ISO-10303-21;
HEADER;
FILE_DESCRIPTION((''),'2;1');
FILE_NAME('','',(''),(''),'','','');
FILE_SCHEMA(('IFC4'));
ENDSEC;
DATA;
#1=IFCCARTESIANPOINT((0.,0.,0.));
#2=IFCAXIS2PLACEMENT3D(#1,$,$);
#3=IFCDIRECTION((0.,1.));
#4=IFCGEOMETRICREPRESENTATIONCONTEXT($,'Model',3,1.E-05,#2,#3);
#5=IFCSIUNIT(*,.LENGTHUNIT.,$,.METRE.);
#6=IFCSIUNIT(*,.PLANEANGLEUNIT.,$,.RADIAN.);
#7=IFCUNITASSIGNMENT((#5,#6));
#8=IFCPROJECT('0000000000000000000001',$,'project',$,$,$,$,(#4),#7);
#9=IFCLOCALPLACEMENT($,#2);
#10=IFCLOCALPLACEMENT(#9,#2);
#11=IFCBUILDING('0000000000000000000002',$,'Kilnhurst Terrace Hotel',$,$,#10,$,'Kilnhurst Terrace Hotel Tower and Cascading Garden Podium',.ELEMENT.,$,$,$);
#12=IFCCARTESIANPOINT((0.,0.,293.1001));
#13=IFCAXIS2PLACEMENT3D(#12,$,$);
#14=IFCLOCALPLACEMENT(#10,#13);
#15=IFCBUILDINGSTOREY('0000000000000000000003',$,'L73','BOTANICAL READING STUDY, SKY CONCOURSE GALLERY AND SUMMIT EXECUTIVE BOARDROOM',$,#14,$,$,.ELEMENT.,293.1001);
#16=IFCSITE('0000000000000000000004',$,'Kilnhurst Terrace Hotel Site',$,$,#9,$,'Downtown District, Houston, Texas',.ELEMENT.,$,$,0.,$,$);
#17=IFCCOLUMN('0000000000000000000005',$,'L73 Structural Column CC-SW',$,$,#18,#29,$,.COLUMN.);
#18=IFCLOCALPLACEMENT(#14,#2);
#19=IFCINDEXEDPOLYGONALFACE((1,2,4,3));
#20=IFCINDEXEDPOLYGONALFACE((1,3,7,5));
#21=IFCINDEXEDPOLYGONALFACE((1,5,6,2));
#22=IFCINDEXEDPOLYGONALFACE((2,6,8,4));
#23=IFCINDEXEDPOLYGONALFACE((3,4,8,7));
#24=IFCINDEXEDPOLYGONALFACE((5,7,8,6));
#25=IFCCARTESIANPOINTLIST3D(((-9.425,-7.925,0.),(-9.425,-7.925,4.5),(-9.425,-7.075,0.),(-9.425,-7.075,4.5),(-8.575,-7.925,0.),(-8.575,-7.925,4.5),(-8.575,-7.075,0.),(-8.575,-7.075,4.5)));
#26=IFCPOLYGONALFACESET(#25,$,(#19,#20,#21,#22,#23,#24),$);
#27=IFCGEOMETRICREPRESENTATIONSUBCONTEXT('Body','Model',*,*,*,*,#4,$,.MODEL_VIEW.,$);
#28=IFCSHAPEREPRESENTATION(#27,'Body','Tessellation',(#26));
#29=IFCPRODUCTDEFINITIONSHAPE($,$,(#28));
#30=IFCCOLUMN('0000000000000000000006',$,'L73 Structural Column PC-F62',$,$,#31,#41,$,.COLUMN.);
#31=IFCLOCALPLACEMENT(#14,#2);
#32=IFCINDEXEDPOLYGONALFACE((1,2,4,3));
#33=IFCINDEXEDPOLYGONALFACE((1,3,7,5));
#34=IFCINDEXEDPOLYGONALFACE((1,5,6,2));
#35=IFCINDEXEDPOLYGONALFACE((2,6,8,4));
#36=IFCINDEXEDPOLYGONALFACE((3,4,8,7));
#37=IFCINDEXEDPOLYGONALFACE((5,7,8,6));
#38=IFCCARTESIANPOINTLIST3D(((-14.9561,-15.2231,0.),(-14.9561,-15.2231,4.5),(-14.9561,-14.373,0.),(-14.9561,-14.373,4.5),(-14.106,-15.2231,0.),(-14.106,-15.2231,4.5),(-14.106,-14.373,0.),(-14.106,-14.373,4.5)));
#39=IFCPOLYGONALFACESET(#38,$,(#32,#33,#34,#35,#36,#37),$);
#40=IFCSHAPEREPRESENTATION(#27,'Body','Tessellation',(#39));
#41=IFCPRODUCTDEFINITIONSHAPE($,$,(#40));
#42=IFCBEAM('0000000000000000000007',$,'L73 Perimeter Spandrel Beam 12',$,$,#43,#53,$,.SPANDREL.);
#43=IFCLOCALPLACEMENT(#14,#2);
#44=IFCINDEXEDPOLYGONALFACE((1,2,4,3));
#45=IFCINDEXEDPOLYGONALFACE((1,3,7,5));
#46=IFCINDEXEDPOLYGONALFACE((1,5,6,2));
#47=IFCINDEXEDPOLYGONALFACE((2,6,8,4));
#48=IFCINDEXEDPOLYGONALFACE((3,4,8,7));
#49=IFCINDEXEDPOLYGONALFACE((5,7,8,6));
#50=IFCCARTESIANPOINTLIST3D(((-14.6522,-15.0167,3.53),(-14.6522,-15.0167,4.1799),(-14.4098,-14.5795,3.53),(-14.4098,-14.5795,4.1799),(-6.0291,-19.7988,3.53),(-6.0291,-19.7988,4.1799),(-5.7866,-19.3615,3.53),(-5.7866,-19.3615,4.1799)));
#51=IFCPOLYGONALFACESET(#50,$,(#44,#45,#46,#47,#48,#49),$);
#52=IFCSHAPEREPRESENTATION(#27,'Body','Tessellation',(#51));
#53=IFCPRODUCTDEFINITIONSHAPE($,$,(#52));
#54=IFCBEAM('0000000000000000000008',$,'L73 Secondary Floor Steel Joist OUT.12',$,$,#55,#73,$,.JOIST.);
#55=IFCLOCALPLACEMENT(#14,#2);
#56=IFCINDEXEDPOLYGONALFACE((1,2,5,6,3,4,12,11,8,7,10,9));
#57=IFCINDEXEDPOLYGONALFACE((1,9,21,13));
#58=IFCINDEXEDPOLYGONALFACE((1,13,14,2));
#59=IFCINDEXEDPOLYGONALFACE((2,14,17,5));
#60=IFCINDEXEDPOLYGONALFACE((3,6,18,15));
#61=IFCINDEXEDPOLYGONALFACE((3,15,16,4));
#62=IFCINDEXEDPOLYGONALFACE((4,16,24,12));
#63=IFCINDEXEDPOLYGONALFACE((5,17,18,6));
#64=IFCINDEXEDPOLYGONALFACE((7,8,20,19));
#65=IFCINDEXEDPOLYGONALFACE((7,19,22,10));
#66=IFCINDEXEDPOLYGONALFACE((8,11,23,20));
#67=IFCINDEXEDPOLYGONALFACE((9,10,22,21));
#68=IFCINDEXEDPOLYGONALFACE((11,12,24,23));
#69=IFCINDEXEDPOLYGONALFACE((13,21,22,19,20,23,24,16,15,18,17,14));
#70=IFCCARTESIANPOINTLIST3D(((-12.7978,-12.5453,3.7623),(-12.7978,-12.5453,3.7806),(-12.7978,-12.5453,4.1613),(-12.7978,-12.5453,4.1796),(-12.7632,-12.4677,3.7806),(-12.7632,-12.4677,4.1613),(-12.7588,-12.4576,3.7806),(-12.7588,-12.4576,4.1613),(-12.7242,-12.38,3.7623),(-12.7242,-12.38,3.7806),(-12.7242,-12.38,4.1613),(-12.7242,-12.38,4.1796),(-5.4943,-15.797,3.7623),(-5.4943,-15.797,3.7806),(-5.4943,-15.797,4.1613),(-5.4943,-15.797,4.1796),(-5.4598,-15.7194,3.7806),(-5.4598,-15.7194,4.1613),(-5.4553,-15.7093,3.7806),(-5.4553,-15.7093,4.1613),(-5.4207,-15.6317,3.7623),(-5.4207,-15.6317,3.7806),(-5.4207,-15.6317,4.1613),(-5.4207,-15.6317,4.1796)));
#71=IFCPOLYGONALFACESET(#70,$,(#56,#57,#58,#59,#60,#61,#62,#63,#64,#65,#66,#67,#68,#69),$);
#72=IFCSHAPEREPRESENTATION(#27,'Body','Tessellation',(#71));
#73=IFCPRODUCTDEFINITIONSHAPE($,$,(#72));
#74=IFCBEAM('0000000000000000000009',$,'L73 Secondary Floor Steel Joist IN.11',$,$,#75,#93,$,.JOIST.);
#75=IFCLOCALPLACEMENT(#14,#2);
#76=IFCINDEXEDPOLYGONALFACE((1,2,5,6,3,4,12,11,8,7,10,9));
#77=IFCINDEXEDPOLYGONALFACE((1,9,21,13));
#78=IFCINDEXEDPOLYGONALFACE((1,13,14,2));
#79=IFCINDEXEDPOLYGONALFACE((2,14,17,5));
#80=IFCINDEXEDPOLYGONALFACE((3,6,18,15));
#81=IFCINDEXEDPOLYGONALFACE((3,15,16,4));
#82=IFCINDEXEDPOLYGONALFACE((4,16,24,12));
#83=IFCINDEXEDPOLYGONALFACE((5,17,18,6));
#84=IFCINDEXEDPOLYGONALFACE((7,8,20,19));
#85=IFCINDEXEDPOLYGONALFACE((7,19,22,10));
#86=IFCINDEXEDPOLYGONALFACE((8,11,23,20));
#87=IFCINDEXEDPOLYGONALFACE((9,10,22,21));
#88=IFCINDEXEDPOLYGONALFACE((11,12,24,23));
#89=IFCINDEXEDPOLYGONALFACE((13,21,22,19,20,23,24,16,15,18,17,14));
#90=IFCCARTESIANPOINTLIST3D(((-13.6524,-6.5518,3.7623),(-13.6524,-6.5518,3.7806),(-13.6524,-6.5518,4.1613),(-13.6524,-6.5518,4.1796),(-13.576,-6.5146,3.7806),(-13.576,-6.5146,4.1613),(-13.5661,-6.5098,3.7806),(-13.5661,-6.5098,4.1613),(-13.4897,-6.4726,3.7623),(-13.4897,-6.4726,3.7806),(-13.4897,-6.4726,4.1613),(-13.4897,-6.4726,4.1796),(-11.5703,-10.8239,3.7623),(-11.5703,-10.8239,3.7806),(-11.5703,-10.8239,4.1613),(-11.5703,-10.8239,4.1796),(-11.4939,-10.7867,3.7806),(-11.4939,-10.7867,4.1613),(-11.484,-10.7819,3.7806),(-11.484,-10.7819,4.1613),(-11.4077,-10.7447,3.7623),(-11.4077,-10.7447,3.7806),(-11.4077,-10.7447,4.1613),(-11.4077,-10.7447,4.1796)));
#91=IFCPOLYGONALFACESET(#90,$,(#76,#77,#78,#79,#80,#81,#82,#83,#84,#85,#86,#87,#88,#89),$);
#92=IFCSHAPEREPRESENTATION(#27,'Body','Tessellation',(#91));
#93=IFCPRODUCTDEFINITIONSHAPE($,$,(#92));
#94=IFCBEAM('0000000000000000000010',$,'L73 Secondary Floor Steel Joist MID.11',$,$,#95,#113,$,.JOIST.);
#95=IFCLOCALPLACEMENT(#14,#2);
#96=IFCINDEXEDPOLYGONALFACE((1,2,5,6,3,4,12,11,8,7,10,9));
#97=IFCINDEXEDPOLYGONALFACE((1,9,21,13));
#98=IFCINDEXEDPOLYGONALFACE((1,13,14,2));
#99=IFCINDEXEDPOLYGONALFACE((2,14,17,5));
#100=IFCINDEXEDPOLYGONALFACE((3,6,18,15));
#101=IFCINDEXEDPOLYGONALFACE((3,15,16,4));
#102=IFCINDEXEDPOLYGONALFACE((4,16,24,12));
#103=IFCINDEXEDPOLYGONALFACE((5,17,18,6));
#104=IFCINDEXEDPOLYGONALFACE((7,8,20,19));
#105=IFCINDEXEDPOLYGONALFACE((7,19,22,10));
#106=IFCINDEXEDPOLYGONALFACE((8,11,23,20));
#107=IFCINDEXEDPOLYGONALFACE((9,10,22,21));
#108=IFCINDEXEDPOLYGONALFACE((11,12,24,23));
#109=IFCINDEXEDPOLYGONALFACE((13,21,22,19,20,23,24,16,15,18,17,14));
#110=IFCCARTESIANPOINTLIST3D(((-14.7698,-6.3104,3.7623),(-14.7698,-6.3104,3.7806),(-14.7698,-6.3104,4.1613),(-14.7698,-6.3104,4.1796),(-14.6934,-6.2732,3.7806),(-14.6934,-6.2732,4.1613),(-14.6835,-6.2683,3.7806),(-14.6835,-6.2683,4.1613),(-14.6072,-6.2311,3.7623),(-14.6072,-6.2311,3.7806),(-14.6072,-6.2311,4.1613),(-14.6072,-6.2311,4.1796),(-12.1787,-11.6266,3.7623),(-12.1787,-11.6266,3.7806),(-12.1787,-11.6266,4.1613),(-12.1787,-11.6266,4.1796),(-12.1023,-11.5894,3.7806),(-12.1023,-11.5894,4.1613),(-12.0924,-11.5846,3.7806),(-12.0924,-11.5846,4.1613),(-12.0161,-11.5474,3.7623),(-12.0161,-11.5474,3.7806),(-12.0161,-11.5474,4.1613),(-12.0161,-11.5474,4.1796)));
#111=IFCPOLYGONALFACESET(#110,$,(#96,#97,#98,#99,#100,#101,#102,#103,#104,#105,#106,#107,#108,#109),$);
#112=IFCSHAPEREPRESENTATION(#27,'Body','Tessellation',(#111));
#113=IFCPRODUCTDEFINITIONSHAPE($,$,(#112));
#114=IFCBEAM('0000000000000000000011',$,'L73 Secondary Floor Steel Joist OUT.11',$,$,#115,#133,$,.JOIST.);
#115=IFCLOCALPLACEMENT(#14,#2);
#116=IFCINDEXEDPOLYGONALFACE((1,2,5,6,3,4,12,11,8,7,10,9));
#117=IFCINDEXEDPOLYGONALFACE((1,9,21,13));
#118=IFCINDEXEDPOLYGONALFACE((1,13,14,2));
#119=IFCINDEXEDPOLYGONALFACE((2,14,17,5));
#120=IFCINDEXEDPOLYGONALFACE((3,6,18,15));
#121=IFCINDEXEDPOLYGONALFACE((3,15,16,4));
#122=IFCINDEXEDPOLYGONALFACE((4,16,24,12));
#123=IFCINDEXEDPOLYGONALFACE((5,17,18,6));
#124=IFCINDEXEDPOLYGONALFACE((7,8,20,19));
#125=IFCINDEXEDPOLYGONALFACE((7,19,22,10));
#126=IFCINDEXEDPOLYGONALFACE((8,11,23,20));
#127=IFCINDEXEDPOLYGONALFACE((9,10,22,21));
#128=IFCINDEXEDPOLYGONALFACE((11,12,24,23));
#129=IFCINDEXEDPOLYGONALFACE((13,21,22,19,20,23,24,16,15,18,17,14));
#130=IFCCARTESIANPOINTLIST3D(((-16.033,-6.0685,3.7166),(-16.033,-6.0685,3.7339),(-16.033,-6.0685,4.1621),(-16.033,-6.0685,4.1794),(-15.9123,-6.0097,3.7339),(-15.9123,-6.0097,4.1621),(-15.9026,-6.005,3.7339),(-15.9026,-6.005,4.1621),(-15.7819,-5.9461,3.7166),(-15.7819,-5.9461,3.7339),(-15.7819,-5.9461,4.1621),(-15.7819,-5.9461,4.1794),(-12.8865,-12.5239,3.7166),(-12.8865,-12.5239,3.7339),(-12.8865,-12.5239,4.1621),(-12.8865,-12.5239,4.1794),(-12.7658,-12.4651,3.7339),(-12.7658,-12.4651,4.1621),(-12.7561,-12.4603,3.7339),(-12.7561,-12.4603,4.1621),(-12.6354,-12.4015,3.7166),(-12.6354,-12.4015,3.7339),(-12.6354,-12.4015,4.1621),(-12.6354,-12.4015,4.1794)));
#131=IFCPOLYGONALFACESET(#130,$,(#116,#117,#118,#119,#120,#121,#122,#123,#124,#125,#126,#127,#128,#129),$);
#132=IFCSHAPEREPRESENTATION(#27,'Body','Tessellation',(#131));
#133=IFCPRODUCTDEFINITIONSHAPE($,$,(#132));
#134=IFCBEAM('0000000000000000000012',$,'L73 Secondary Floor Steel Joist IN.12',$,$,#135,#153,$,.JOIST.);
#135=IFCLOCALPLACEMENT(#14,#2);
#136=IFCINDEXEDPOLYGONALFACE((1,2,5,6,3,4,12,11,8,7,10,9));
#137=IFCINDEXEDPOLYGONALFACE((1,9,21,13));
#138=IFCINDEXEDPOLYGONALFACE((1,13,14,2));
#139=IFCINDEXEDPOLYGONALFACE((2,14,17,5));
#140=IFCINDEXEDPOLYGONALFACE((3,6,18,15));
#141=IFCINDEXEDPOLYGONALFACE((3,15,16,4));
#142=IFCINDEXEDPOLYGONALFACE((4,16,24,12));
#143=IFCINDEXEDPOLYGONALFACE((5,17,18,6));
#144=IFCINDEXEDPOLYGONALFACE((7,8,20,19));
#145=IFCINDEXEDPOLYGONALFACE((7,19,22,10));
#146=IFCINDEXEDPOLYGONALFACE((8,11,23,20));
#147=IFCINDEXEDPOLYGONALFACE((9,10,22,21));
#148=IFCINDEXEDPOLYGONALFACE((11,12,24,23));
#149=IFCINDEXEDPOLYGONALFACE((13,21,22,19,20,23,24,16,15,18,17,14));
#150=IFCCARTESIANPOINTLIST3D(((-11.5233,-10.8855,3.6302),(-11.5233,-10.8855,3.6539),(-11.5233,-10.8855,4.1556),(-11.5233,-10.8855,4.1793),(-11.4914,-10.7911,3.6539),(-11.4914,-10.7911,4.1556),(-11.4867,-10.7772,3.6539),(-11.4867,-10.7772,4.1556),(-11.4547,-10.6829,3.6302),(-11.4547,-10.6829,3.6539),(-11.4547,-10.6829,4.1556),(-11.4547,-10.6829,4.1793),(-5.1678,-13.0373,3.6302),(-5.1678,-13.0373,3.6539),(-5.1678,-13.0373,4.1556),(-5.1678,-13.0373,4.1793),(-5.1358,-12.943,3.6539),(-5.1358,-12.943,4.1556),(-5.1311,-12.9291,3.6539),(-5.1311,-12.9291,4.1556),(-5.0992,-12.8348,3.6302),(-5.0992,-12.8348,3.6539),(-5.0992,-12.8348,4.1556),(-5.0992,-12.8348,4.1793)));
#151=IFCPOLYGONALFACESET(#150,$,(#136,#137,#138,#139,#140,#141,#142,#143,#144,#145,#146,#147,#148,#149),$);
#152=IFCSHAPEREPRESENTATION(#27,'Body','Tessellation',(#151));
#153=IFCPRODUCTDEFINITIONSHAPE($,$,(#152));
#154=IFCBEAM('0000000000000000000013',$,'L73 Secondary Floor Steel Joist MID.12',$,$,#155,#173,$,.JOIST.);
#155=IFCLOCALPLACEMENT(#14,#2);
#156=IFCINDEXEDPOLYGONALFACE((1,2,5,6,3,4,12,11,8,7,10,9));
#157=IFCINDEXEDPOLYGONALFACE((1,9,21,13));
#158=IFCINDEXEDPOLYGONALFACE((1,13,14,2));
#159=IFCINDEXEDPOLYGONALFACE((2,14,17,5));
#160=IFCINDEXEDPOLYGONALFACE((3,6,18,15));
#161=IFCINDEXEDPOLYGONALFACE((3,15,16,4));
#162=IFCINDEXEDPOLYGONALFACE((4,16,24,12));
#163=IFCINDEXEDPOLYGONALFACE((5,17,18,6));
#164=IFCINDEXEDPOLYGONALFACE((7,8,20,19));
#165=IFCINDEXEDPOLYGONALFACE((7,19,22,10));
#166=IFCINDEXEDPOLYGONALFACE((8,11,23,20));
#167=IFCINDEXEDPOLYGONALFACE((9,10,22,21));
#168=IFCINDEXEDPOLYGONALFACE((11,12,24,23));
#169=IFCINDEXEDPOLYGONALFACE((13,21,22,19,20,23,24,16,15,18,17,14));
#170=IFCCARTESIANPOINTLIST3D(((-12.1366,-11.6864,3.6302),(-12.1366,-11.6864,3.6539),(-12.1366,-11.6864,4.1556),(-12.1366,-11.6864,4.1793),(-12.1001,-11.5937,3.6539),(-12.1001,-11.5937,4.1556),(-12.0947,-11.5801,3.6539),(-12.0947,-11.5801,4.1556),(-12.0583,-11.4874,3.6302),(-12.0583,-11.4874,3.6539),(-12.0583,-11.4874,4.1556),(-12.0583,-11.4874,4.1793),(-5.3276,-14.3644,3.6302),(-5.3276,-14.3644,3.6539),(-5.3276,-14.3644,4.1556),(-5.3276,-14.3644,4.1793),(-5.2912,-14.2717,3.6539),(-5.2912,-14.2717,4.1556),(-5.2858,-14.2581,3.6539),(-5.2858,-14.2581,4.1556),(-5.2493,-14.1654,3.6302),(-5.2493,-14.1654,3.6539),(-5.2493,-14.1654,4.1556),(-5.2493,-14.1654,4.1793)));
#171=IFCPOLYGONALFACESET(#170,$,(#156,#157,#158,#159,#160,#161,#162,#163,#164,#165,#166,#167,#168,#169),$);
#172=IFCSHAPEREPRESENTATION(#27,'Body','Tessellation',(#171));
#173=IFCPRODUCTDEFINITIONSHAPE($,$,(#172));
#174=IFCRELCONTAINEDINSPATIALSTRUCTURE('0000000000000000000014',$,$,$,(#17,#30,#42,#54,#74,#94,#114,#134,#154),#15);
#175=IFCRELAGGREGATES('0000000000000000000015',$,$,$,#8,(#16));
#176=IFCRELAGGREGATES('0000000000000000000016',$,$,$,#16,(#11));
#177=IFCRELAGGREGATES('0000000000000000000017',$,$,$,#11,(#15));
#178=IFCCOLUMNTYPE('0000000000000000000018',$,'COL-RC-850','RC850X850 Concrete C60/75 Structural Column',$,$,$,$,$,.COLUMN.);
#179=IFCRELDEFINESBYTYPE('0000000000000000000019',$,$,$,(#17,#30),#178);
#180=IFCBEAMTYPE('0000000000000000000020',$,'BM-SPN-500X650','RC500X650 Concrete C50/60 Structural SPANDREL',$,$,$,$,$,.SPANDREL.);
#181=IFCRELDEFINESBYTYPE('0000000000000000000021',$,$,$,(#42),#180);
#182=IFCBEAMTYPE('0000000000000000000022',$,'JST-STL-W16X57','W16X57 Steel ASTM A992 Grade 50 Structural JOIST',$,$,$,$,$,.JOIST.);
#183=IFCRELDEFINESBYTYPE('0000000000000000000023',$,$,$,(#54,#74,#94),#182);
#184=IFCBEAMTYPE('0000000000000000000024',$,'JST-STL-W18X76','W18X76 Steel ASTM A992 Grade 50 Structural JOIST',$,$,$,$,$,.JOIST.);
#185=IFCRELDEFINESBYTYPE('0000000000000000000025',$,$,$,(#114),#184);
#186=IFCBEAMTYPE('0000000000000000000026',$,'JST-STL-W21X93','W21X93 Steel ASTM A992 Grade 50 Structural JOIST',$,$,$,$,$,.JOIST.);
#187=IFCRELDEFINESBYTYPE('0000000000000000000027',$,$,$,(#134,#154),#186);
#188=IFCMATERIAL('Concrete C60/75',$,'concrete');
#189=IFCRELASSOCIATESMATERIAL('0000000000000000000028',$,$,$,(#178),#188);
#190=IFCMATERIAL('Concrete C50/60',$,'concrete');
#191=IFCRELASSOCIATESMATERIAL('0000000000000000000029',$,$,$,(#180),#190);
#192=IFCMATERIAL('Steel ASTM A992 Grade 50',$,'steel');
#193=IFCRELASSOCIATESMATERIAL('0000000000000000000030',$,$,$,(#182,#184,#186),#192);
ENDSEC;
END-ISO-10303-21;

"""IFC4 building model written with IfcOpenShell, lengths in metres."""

from ifc_helpers import new_model, si_unit, direction, frame, origin, origin_2d, place, context, subcontext, project, spatial, rectangle, i_section, extrude, material, material_profile, profile_set, type_object, element, save


model = new_model("IFC4")

# Units and contexts
model_context = context("Model", 3, precision=1e-05, world=origin(), true_north=direction((0.0, 1.0)))
body_context = subcontext(model_context, "Body", "Model", "MODEL_VIEW")
ifc_project = project(units=[si_unit("LENGTHUNIT", "METRE"), si_unit("PLANEANGLEUNIT", "RADIAN")], contexts=[model_context])

# Site, building, storey
site_placement = place(None, origin())
site = spatial("IfcSite", under=ifc_project, at=site_placement, Name="Kilnhurst Terrace Hotel Site", LongName="Downtown District, Houston, Texas", CompositionType="ELEMENT", RefElevation=0.0)
building_placement = place(site_placement, origin())
building = spatial("IfcBuilding", under=site, at=building_placement, Name="Kilnhurst Terrace Hotel", LongName="Kilnhurst Terrace Hotel Tower and Cascading Garden Podium", CompositionType="ELEMENT")
storey_placement = place(building_placement, frame((0.0, 0.0, 293.1001)))
storey = spatial("IfcBuildingStorey", under=building, at=storey_placement, Name="L73", Description="BOTANICAL READING STUDY, SKY CONCOURSE GALLERY AND SUMMIT EXECUTIVE BOARDROOM", CompositionType="ELEMENT", Elevation=293.1001)

# Columns
ifc_material_1 = material(Name="Concrete C60/75", Category="concrete")
ifc_material_profile_1 = material_profile(ifc_material_1, rectangle(XDim=0.8501, YDim=0.8501, at=origin_2d()), Name="RC850X850")
ifc_profile_set_1 = profile_set([ifc_material_profile_1], Name="Concrete C60/75")
column_type = type_object("IfcColumnType", Name="COL-RC-850", Description="RC850X850 Concrete C60/75 Structural Column", PredefinedType="COLUMN", material=ifc_profile_set_1)
for number, where, z_axis, x_axis, name in (
    (1, (-9.0, -7.5, 0.0), (0.0, 0.0, 1.0), (1.0, 0.0, 0.0), "L73 Structural Column CC-SW"),
    (2, (-14.531, -14.7981, 0.0), (0.0, 0.0, 1.0), (1.0, 0.0, 0.0), "L73 Structural Column PC-F62"),
):
    element("IfcColumn", number, at=place(storey_placement, frame(where, z_axis=z_axis, x_axis=x_axis)), inside=storey, type_object=column_type, Name=name, PredefinedType="COLUMN", context=body_context, shape_type="SweptSolid", body=[
        extrude(rectangle(XDim=0.8501, YDim=0.8501, at=origin_2d()), origin(), (0.0, 0.0, 1.0), 4.5),
    ])

# Beams
ifc_material_2 = material(Name="Concrete C50/60", Category="concrete")
ifc_material_profile_2 = material_profile(ifc_material_2, rectangle(XDim=0.5, YDim=0.6499, at=origin_2d()), Name="RC500X650")
ifc_profile_set_2 = profile_set([ifc_material_profile_2], Name="Concrete C50/60")
beam_type_1 = type_object("IfcBeamType", Name="BM-SPN-500X650", Description="RC500X650 Concrete C50/60 Structural SPANDREL", PredefinedType="SPANDREL", material=ifc_profile_set_2)
beam_1_placement = place(storey_placement, frame((-14.531, -14.7981, 3.855), z_axis=(0.874527, -0.484976, 0.0), x_axis=(0.484976, 0.874527, 0.0)))
element("IfcBeam", 3, at=beam_1_placement, inside=storey, type_object=beam_type_1, Name="L73 Perimeter Spandrel Beam 12", PredefinedType="SPANDREL", context=body_context, shape_type="SweptSolid", body=[
    extrude(rectangle(XDim=0.5, YDim=0.6499, at=origin_2d()), origin(), (0.0, 0.0, 1.0), 9.8604),
])
ifc_material_3 = material(Name="Steel ASTM A992 Grade 50", Category="steel")
ifc_material_profile_3 = material_profile(ifc_material_3, i_section(OverallWidth=0.1809, OverallDepth=0.4172, WebThickness=0.011, FlangeThickness=0.0183, at=origin_2d()), Name="W16X57")
ifc_profile_set_3 = profile_set([ifc_material_profile_3], Name="Steel ASTM A992 Grade 50")
beam_type_2 = type_object("IfcBeamType", Name="JST-STL-W16X57", Description="W16X57 Steel ASTM A992 Grade 50 Structural JOIST", PredefinedType="JOIST", material=ifc_profile_set_3)
beam_2_placement = place(storey_placement, frame((-12.761, -12.4626, 3.9709), z_axis=(0.913546, -0.406736, 0.0), x_axis=(0.406736, 0.913546, 0.0)))
element("IfcBeam", 4, at=beam_2_placement, inside=storey, type_object=beam_type_2, Name="L73 Secondary Floor Steel Joist OUT.12", PredefinedType="JOIST", context=body_context, shape_type="SweptSolid", body=[
    extrude(i_section(OverallWidth=0.1809, OverallDepth=0.4172, WebThickness=0.011, FlangeThickness=0.0183, at=origin_2d()), origin(), (0.0, 0.0, 1.0), 7.9946),
])
beam_3_placement = place(storey_placement, frame((-13.571, -6.5122, 3.9709), z_axis=(0.438108, -0.898922, 0.0), x_axis=(0.898922, 0.438108, 0.0)))
element("IfcBeam", 5, at=beam_3_placement, inside=storey, type_object=beam_type_2, Name="L73 Secondary Floor Steel Joist IN.11", PredefinedType="JOIST", context=body_context, shape_type="SweptSolid", body=[
    extrude(i_section(OverallWidth=0.1809, OverallDepth=0.4172, WebThickness=0.011, FlangeThickness=0.0183, at=origin_2d()), origin(), (0.0, 0.0, 1.0), 4.7524),
])
beam_4_placement = place(storey_placement, frame((-14.6885, -6.2708, 3.9709), z_axis=(0.438125, -0.898914, 0.0), x_axis=(0.898914, 0.438125, 0.0)))
element("IfcBeam", 6, at=beam_4_placement, inside=storey, type_object=beam_type_2, Name="L73 Secondary Floor Steel Joist MID.11", PredefinedType="JOIST", context=body_context, shape_type="SweptSolid", body=[
    extrude(i_section(OverallWidth=0.1809, OverallDepth=0.4172, WebThickness=0.011, FlangeThickness=0.0183, at=origin_2d()), origin(), (0.0, 0.0, 1.0), 5.9141),
])
ifc_material_profile_4 = material_profile(ifc_material_3, i_section(OverallWidth=0.2793, OverallDepth=0.4629, WebThickness=0.0107, FlangeThickness=0.0173, at=origin_2d()), Name="W18X76")
ifc_profile_set_4 = profile_set([ifc_material_profile_4], Name="Steel ASTM A992 Grade 50")
beam_type_3 = type_object("IfcBeamType", Name="JST-STL-W18X76", Description="W18X76 Steel ASTM A992 Grade 50 Structural JOIST", PredefinedType="JOIST", material=ifc_profile_set_4)
beam_5_placement = place(storey_placement, frame((-15.9075, -6.0073, 3.948), z_axis=(0.438148, -0.898903, 0.0), x_axis=(0.898903, 0.438148, 0.0)))
element("IfcBeam", 7, at=beam_5_placement, inside=storey, type_object=beam_type_3, Name="L73 Secondary Floor Steel Joist OUT.11", PredefinedType="JOIST", context=body_context, shape_type="SweptSolid", body=[
    extrude(i_section(OverallWidth=0.2793, OverallDepth=0.4629, WebThickness=0.0107, FlangeThickness=0.0173, at=origin_2d()), origin(), (0.0, 0.0, 1.0), 7.1814),
])
ifc_material_profile_5 = material_profile(ifc_material_3, i_section(OverallWidth=0.2139, OverallDepth=0.5491, WebThickness=0.0146, FlangeThickness=0.0237, at=origin_2d()), Name="W21X93")
ifc_profile_set_5 = profile_set([ifc_material_profile_5], Name="Steel ASTM A992 Grade 50")
beam_type_4 = type_object("IfcBeamType", Name="JST-STL-W21X93", Description="W21X93 Steel ASTM A992 Grade 50 Structural JOIST", PredefinedType="JOIST", material=ifc_profile_set_5)
beam_6_placement = place(storey_placement, frame((-11.489, -10.7842, 3.9048), z_axis=(0.947181, -0.3207, 0.0), x_axis=(0.3207, 0.947181, 0.0)))
element("IfcBeam", 8, at=beam_6_placement, inside=storey, type_object=beam_type_4, Name="L73 Secondary Floor Steel Joist IN.12", PredefinedType="JOIST", context=body_context, shape_type="SweptSolid", body=[
    extrude(i_section(OverallWidth=0.2139, OverallDepth=0.5491, WebThickness=0.0146, FlangeThickness=0.0237, at=origin_2d()), origin(), (0.0, 0.0, 1.0), 6.71),
])
beam_7_placement = place(storey_placement, frame((-12.0974, -11.5869, 3.9048), z_axis=(0.930608, -0.366017, 0.0), x_axis=(0.366017, 0.930608, 0.0)))
element("IfcBeam", 9, at=beam_7_placement, inside=storey, type_object=beam_type_4, Name="L73 Secondary Floor Steel Joist MID.12", PredefinedType="JOIST", context=body_context, shape_type="SweptSolid", body=[
    extrude(i_section(OverallWidth=0.2139, OverallDepth=0.5491, WebThickness=0.0146, FlangeThickness=0.0237, at=origin_2d()), origin(), (0.0, 0.0, 1.0), 7.3167),
])

save(model, "model.ifc")
